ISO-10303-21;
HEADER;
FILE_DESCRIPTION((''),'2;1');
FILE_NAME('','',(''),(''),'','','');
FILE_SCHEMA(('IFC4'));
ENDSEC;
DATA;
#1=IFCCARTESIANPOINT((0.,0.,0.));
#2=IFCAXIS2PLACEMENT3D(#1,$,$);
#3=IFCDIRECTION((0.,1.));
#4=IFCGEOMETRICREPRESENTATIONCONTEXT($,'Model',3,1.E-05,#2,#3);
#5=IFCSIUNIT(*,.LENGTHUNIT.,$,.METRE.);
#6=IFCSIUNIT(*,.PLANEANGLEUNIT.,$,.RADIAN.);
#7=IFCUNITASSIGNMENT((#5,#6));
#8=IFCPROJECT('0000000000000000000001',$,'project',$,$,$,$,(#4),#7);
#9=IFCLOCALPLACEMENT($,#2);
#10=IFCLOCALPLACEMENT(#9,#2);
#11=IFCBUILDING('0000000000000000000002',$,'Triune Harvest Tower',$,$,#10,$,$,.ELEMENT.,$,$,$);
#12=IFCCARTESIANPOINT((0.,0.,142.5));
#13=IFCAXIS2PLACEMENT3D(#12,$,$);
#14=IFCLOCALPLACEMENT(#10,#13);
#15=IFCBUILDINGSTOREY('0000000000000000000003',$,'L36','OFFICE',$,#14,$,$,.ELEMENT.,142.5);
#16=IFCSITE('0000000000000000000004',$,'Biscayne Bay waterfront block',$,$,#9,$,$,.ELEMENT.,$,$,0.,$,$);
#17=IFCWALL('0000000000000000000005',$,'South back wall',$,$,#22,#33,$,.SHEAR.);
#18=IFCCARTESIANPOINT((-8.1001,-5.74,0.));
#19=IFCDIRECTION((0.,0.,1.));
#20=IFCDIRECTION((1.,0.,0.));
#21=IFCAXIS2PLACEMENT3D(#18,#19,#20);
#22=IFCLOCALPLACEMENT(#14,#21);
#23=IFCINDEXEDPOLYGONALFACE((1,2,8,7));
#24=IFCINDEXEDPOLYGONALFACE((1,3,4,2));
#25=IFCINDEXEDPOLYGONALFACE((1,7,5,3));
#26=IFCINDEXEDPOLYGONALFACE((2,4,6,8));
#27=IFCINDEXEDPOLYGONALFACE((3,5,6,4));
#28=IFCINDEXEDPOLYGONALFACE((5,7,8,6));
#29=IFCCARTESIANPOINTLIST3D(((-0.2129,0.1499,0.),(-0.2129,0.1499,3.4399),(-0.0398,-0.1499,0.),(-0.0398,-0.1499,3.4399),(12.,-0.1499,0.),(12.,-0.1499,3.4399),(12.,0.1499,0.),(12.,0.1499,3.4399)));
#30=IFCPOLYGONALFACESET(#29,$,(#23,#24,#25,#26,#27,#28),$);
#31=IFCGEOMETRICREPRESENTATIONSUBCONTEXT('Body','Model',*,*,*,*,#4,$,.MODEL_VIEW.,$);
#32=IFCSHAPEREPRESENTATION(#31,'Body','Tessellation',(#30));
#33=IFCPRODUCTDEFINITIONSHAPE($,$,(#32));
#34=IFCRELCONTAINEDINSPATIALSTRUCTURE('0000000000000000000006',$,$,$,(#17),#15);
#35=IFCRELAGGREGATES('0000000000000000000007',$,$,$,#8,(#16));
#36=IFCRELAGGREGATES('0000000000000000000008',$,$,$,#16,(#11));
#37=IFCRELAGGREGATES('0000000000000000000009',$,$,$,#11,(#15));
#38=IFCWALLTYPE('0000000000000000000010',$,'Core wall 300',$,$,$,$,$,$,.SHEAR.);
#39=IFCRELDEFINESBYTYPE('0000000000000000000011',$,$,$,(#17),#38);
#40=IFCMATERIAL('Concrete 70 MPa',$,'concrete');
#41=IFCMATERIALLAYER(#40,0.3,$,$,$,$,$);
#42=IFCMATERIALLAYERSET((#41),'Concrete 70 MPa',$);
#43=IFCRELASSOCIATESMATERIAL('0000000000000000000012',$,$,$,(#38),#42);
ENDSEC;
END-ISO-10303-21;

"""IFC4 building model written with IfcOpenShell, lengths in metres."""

from ifc_helpers import new_model, si_unit, direction, frame, origin, place, context, subcontext, project, spatial, polyline, outline, extrude, source, transform, mapped, material, layer, layer_set, type_object, element, save


model = new_model("IFC4")

# Units and contexts
model_context = context("Model", 3, precision=1e-05, world=origin(), true_north=direction((0.0, 1.0)))
body_context = subcontext(model_context, "Body", "Model", "MODEL_VIEW")
ifc_project = project(units=[si_unit("LENGTHUNIT", "METRE"), si_unit("PLANEANGLEUNIT", "RADIAN")], contexts=[model_context])

# Site, building, storey
site_placement = place(None, origin())
site = spatial("IfcSite", under=ifc_project, at=site_placement, Name="Biscayne Bay waterfront block", CompositionType="ELEMENT", RefElevation=0.0)
building_placement = place(site_placement, origin())
building = spatial("IfcBuilding", under=site, at=building_placement, Name="Triune Harvest Tower", CompositionType="ELEMENT")
storey_placement = place(building_placement, frame((0.0, 0.0, 142.5)))
storey = spatial("IfcBuildingStorey", under=building, at=storey_placement, Name="L36", Description="OFFICE", CompositionType="ELEMENT", Elevation=142.5)

# Shared definitions
ifc_material_1 = material(Name="Concrete 70 MPa", Category="concrete")
ifc_layer_1 = layer(ifc_material_1, 0.3)
ifc_layer_set_1 = layer_set([ifc_layer_1], Name="Concrete 70 MPa")
wall_type_1 = type_object("IfcWallType", Name="Core wall 300", PredefinedType="SHEAR", material=ifc_layer_set_1)

# Wall
shared_shape_1 = source(origin(), body_context, "Body", "SweptSolid", [
    extrude(outline(polyline([(12.0, -0.1499), (-0.0398, -0.1499), (-0.2129, 0.1499), (12.0, 0.1499), (12.0, -0.1499)])), origin(), (0.0, 0.0, 1.0), 3.4399),
])
wall_1_placement = place(storey_placement, frame((-8.1001, -5.74, 0.0), z_axis=(0.0, 0.0, 1.0), x_axis=(1.0, 0.0, 0.0)))
element("IfcWall", 1, at=wall_1_placement, inside=storey, type_object=wall_type_1, Name="South back wall", PredefinedType="SHEAR", context=body_context, shape_type="MappedRepresentation", body=[
    mapped(shared_shape_1, transform((0.0, 0.0, 0.0), scale=1.0)),
])

save(model, "model.ifc")
